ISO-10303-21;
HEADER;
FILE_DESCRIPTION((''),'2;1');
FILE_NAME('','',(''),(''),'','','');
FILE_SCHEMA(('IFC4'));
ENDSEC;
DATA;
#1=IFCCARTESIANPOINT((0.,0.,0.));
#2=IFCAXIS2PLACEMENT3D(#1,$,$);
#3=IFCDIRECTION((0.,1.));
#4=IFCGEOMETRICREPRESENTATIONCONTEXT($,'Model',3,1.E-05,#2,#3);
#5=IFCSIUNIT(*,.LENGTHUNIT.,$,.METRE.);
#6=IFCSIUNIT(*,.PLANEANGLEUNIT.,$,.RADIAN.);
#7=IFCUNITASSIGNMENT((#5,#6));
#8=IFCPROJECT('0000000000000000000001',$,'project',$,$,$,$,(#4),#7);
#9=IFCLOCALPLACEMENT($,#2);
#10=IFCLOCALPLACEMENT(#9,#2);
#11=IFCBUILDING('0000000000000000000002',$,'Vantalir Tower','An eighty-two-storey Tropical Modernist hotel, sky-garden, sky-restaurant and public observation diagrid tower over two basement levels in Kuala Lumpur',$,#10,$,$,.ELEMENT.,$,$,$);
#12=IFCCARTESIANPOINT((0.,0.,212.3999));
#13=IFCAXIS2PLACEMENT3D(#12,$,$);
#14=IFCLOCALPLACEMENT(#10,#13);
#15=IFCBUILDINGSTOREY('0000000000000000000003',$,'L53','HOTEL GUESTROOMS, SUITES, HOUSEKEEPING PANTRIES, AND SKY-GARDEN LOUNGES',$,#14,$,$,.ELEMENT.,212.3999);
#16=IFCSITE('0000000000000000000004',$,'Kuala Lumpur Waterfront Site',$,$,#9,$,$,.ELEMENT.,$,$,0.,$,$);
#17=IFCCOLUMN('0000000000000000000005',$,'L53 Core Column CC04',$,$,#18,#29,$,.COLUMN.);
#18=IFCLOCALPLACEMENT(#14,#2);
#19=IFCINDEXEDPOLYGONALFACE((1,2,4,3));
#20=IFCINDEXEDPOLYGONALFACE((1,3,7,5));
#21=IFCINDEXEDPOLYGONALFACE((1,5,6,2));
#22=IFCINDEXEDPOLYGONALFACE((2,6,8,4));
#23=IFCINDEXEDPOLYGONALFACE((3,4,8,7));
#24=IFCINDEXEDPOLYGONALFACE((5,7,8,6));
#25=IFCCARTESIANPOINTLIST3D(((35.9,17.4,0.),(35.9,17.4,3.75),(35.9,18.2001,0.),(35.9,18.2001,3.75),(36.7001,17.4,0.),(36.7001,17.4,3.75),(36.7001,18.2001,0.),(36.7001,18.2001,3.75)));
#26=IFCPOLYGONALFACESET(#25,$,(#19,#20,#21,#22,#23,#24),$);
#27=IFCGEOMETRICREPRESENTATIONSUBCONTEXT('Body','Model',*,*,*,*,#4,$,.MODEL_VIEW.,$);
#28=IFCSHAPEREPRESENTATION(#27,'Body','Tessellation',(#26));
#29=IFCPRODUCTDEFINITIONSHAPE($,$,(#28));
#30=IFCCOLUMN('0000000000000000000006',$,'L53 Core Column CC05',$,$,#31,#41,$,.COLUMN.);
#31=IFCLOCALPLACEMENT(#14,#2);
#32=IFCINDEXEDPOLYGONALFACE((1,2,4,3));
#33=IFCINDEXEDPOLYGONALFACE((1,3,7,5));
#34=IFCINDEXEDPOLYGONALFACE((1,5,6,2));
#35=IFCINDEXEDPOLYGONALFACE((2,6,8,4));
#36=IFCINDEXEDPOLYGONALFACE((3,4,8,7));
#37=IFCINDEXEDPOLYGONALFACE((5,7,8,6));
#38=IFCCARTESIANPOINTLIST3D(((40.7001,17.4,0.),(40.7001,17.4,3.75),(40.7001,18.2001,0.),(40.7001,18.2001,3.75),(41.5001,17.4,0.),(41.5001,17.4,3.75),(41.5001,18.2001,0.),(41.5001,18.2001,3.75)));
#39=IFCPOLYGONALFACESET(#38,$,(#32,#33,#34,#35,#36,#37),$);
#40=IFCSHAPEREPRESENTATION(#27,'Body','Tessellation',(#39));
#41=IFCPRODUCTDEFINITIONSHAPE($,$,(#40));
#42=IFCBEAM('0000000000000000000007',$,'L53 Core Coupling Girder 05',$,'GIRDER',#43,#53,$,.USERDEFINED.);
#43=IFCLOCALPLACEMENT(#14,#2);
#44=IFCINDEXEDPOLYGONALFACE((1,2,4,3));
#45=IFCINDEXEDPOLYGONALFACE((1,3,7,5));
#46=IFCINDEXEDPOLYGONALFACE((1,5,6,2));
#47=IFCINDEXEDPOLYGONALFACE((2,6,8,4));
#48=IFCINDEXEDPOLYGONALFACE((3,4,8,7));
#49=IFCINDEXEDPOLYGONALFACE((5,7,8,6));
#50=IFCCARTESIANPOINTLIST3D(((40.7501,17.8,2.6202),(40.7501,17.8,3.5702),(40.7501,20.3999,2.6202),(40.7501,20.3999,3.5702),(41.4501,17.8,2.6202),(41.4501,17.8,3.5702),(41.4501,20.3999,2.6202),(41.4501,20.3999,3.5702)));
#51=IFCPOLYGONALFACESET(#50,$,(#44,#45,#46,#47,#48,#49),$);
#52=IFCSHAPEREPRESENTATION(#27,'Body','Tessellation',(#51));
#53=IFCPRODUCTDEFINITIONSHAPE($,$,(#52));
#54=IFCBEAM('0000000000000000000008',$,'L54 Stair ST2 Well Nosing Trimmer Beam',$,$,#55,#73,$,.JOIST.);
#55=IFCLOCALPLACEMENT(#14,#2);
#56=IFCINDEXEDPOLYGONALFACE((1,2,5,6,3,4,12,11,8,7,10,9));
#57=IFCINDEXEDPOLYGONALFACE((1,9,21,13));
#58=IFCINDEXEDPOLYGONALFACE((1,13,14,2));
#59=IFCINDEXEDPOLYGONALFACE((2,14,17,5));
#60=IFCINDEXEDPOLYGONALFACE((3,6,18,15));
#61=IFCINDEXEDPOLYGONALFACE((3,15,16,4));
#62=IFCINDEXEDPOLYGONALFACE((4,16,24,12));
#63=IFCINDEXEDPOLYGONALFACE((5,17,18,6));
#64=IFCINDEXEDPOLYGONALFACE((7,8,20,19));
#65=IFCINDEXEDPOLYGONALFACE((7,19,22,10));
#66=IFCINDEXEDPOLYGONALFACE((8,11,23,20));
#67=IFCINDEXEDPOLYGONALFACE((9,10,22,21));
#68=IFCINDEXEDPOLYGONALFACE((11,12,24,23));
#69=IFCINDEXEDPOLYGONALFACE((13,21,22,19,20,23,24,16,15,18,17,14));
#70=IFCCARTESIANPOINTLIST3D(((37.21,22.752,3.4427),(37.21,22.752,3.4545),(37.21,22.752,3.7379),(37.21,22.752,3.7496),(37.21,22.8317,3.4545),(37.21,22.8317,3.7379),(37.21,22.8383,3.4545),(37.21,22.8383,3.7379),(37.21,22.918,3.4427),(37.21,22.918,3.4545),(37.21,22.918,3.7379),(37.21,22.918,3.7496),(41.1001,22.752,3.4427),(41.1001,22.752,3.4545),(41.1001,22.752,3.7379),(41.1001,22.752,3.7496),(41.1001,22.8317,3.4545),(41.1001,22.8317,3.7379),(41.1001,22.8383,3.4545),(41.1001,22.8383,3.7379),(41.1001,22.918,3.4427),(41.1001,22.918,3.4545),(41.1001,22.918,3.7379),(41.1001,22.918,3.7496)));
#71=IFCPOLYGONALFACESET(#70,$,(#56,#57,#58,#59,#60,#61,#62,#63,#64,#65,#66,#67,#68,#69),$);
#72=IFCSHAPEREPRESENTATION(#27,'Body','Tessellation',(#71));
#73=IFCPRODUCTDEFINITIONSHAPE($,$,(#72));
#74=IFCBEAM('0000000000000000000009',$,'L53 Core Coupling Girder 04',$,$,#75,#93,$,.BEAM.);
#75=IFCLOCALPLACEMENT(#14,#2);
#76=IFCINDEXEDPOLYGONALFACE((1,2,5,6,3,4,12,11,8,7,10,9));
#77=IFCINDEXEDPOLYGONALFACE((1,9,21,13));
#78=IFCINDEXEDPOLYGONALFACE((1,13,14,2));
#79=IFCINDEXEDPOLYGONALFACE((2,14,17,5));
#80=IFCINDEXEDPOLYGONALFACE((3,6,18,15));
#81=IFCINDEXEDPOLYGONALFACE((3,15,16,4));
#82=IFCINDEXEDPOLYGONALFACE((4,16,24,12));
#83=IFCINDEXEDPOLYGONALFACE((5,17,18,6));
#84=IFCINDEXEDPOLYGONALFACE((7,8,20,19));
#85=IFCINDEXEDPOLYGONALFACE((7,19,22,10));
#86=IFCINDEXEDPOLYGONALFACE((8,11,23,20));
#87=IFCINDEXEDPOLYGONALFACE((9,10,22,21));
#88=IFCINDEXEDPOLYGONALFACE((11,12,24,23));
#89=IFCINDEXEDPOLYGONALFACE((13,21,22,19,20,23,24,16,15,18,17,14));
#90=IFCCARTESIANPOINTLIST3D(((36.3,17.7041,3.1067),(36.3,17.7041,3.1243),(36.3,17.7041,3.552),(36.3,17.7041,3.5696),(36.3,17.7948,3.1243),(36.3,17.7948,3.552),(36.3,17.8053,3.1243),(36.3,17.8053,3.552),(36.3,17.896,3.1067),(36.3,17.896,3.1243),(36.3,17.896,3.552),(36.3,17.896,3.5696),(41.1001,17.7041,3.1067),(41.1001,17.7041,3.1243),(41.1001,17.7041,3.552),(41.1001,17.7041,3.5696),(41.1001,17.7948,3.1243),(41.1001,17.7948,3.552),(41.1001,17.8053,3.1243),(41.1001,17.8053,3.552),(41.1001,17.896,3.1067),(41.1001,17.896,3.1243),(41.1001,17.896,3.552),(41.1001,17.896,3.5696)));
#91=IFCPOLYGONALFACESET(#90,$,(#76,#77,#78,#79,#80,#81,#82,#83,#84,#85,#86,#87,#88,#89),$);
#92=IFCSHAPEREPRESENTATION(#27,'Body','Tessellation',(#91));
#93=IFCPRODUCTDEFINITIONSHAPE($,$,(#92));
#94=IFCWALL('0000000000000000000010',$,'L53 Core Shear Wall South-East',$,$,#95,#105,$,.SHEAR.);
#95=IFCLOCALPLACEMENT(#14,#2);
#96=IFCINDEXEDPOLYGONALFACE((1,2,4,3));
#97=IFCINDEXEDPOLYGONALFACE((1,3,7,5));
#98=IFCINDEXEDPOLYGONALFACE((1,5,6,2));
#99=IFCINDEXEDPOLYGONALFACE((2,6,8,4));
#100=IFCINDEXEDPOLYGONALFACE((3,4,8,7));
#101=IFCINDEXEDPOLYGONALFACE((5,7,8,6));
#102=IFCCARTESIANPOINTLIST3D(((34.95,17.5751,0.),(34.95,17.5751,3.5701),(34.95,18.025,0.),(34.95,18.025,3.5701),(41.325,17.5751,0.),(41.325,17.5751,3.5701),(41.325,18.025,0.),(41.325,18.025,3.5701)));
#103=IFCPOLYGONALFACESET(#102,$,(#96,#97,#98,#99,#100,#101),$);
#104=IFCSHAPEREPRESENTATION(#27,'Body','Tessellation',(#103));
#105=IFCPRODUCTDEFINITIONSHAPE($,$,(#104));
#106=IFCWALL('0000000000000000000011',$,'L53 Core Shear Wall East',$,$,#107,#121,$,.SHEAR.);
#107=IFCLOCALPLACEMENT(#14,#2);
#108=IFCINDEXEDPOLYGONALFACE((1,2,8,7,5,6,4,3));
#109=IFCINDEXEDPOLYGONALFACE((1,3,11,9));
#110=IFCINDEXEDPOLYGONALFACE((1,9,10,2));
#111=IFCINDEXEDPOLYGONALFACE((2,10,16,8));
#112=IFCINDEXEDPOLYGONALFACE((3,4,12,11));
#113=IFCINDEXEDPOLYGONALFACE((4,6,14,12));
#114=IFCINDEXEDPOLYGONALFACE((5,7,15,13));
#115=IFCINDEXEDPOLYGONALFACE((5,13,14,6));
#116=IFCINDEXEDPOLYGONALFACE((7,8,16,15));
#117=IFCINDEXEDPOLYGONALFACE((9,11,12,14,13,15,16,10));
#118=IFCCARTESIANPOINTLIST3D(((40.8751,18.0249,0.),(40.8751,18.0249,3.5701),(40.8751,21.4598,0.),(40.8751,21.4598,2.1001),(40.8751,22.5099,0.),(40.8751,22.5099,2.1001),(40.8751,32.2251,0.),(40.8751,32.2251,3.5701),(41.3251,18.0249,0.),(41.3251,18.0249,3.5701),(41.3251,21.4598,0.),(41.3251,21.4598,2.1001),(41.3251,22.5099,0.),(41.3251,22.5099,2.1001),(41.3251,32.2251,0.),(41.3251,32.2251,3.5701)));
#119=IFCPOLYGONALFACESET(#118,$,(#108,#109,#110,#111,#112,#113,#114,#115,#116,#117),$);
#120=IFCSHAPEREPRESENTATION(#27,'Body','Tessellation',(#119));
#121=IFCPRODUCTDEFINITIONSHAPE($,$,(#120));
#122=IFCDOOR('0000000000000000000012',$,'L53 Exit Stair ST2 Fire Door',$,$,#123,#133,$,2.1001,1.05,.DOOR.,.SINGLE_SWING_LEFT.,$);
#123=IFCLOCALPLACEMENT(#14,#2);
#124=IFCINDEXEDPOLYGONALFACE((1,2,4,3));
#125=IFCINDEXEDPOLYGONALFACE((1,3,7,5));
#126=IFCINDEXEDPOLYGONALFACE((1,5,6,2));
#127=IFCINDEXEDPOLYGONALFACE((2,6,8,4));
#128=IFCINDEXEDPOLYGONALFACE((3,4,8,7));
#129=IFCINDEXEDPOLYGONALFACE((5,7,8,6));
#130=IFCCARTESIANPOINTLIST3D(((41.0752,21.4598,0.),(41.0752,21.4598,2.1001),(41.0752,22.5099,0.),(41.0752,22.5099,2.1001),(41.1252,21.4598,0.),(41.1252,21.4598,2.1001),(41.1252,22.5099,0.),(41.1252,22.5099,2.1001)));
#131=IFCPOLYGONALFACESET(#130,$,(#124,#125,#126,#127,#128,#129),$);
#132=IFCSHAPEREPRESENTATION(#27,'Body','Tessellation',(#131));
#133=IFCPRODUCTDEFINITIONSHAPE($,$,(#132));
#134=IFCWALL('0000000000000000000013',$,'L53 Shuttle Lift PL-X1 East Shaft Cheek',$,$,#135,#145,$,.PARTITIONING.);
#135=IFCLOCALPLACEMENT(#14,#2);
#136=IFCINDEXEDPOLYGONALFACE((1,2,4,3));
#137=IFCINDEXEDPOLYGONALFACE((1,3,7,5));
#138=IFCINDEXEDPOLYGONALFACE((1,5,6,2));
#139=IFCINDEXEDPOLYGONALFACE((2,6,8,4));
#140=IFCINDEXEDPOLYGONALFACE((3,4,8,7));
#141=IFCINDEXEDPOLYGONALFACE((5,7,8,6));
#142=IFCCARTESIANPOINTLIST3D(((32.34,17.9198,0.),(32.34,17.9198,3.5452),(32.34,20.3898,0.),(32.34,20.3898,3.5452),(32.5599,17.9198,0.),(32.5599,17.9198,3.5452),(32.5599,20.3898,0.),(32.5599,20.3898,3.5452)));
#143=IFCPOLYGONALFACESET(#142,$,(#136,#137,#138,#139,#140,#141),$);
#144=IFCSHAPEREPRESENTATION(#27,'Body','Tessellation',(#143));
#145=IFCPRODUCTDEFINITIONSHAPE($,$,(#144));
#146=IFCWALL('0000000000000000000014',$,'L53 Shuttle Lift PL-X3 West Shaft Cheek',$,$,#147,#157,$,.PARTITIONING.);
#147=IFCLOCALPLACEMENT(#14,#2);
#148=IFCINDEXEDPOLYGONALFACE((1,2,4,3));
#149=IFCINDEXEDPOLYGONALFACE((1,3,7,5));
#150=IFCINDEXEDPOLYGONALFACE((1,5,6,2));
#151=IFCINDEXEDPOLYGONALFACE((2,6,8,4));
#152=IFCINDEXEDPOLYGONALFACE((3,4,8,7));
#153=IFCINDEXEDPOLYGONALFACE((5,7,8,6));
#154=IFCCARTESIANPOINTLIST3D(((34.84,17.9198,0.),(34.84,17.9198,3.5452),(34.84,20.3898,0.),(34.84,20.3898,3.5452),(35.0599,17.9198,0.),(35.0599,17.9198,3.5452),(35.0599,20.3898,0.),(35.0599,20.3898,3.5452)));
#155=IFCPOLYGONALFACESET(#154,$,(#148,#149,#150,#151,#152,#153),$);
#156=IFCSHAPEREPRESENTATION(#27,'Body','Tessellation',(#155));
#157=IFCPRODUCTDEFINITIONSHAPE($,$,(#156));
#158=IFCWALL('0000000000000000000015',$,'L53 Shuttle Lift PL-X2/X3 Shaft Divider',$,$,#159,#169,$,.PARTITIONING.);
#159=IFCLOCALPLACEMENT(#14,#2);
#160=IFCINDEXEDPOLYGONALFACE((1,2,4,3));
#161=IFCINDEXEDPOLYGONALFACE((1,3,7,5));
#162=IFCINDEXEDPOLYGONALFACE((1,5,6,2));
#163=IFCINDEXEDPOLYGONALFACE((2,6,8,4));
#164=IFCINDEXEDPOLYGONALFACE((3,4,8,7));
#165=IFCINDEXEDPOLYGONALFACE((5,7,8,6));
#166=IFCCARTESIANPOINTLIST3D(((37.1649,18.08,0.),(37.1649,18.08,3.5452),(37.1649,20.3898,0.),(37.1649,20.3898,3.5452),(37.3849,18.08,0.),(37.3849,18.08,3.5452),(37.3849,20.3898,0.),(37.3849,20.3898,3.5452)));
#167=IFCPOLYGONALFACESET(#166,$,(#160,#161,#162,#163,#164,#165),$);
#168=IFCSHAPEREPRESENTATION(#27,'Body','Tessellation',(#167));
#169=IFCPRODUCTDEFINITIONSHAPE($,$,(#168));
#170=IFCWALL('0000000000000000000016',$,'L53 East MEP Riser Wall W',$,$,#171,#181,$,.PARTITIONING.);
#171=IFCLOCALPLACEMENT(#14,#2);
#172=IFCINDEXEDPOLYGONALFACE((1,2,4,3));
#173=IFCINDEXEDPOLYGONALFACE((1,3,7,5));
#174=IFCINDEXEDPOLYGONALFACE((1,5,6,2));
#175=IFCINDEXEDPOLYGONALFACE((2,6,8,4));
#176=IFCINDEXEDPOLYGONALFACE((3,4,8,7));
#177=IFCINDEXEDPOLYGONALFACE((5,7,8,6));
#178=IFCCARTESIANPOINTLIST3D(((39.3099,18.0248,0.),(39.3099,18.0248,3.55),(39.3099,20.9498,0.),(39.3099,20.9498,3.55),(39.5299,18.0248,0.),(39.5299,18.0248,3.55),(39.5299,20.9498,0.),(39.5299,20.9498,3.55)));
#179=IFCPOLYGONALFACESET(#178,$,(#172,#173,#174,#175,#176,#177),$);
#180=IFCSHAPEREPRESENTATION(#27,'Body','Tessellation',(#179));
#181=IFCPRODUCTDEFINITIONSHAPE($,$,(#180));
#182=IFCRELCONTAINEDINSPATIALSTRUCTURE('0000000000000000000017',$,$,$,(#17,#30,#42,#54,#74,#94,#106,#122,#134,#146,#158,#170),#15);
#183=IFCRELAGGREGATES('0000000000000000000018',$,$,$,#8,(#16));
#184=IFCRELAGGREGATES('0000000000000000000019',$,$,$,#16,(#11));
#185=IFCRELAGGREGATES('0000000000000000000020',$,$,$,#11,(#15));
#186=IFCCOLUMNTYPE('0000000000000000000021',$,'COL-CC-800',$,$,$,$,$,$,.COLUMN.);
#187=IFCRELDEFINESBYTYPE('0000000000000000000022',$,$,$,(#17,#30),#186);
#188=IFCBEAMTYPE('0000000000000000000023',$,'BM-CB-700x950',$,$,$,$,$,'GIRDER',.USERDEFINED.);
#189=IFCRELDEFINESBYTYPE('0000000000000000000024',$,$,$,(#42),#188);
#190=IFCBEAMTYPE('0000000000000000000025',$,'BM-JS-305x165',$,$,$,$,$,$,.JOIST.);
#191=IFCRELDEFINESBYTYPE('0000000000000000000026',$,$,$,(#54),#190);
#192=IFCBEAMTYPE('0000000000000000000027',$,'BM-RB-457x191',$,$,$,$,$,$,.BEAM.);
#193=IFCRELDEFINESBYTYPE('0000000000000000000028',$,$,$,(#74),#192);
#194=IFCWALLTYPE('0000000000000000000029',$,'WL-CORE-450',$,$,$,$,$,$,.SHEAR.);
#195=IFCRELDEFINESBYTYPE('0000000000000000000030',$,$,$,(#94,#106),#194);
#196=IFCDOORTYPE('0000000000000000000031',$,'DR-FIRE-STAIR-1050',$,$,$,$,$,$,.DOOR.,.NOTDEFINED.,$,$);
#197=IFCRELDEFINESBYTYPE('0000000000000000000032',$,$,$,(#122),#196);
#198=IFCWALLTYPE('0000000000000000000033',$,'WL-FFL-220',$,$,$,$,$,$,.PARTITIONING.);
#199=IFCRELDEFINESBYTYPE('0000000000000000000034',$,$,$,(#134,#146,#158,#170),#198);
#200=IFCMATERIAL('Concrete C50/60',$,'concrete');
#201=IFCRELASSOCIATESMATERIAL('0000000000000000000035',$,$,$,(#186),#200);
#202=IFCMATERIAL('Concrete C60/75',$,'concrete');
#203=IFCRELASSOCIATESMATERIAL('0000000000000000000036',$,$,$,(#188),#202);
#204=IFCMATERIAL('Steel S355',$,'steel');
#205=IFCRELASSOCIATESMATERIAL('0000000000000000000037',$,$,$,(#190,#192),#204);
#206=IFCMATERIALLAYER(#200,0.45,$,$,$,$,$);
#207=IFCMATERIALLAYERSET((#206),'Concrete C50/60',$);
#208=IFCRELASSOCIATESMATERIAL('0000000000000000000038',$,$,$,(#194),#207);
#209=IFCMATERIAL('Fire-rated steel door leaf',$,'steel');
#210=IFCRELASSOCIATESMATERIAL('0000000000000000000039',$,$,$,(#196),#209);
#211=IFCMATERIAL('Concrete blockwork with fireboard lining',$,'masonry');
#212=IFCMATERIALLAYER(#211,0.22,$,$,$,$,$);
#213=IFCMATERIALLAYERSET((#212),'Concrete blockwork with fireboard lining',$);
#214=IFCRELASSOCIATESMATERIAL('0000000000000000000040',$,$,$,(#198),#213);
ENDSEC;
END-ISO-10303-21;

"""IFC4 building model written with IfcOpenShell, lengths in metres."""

from ifc_helpers import new_model, si_unit, direction, frame, frame_2d, origin, origin_2d, place, context, subcontext, project, spatial, rectangle, i_section, extrude, material, layer, layer_set, material_profile, profile_set, type_object, element, fill, save


model = new_model("IFC4")

# Units and contexts
model_context = context("Model", 3, precision=1e-05, world=origin(), true_north=direction((0.0, 1.0)))
body_context = subcontext(model_context, "Body", "Model", "MODEL_VIEW")
ifc_project = project(units=[si_unit("LENGTHUNIT", "METRE"), si_unit("PLANEANGLEUNIT", "RADIAN")], contexts=[model_context])

# Site, building, storey
site_placement = place(None, origin())
site = spatial("IfcSite", under=ifc_project, at=site_placement, Name="Kuala Lumpur Waterfront Site", CompositionType="ELEMENT", RefElevation=0.0)
building_placement = place(site_placement, origin())
building = spatial("IfcBuilding", under=site, at=building_placement, Name="Vantalir Tower", Description="An eighty-two-storey Tropical Modernist hotel, sky-garden, sky-restaurant and public observation diagrid tower over two basement levels in Kuala Lumpur", CompositionType="ELEMENT")
storey_placement = place(building_placement, frame((0.0, 0.0, 212.3999)))
storey = spatial("IfcBuildingStorey", under=building, at=storey_placement, Name="L53", Description="HOTEL GUESTROOMS, SUITES, HOUSEKEEPING PANTRIES, AND SKY-GARDEN LOUNGES", CompositionType="ELEMENT", Elevation=212.3999)

# Columns
ifc_material_1 = material(Name="Concrete C50/60", Category="concrete")
ifc_material_profile_1 = material_profile(ifc_material_1, rectangle(XDim=0.8, YDim=0.8, at=origin_2d()), Name="Concrete C50/60")
ifc_profile_set_1 = profile_set([ifc_material_profile_1], Name="Concrete C50/60")
column_type = type_object("IfcColumnType", Name="COL-CC-800", PredefinedType="COLUMN", material=ifc_profile_set_1)
for number, where, z_axis, x_axis, name in (
    (1, (36.3, 17.8, 0.0), (0.0, 0.0, 1.0), (1.0, 0.0, 0.0), "L53 Core Column CC04"),
    (2, (41.1001, 17.8, 0.0), (0.0, 0.0, 1.0), (1.0, 0.0, 0.0), "L53 Core Column CC05"),
):
    element("IfcColumn", number, at=place(storey_placement, frame(where, z_axis=z_axis, x_axis=x_axis)), inside=storey, type_object=column_type, Name=name, PredefinedType="COLUMN", context=body_context, shape_type="SweptSolid", body=[
        extrude(rectangle(XDim=0.8, YDim=0.8, at=origin_2d()), origin(), (0.0, 0.0, 1.0), 3.75),
    ])

# Beams
ifc_material_2 = material(Name="Concrete C60/75", Category="concrete")
ifc_material_profile_2 = material_profile(ifc_material_2, rectangle(XDim=0.7, YDim=0.95, at=origin_2d()), Name="Concrete C60/75")
ifc_profile_set_2 = profile_set([ifc_material_profile_2], Name="Concrete C60/75")
beam_type_1 = type_object("IfcBeamType", Name="BM-CB-700x950", ElementType="GIRDER", PredefinedType="USERDEFINED", material=ifc_profile_set_2)
beam_1_placement = place(storey_placement, frame((41.1001, 17.8, 3.0952), z_axis=(0.0, 1.0, 0.0), x_axis=(-1.0, 0.0, 0.0)))
element("IfcBeam", 3, at=beam_1_placement, inside=storey, type_object=beam_type_1, Name="L53 Core Coupling Girder 05", ObjectType="GIRDER", PredefinedType="USERDEFINED", context=body_context, shape_type="SweptSolid", body=[
    extrude(rectangle(XDim=0.7, YDim=0.95, at=origin_2d()), origin(), (0.0, 0.0, 1.0), 2.5999),
])
ifc_material_3 = material(Name="Steel S355", Category="steel")
ifc_material_profile_3 = material_profile(ifc_material_3, i_section(OverallWidth=0.166, OverallDepth=0.3069, WebThickness=0.0066, FlangeThickness=0.0117, at=origin_2d()), Name="Steel S355")
ifc_profile_set_3 = profile_set([ifc_material_profile_3], Name="Steel S355")
beam_type_2 = type_object("IfcBeamType", Name="BM-JS-305x165", PredefinedType="JOIST", material=ifc_profile_set_3)
beam_2_placement = place(storey_placement, frame((37.21, 22.835, 3.5962), z_axis=(1.0, 0.0, 0.0), x_axis=(0.0, 1.0, 0.0)))
element("IfcBeam", 4, at=beam_2_placement, inside=storey, type_object=beam_type_2, Name="L54 Stair ST2 Well Nosing Trimmer Beam", PredefinedType="JOIST", context=body_context, shape_type="SweptSolid", body=[
    extrude(i_section(OverallWidth=0.166, OverallDepth=0.3069, WebThickness=0.0066, FlangeThickness=0.0117, at=origin_2d()), origin(), (0.0, 0.0, 1.0), 3.8901),
])
ifc_material_profile_4 = material_profile(ifc_material_3, i_section(OverallWidth=0.1919, OverallDepth=0.4629, WebThickness=0.0105, FlangeThickness=0.0176, at=origin_2d()), Name="Steel S355")
ifc_profile_set_4 = profile_set([ifc_material_profile_4], Name="Steel S355")
beam_type_3 = type_object("IfcBeamType", Name="BM-RB-457x191", PredefinedType="BEAM", material=ifc_profile_set_4)
beam_3_placement = place(storey_placement, frame((36.3, 17.8, 3.3381), z_axis=(1.0, 0.0, 0.0), x_axis=(0.0, 1.0, 0.0)))
element("IfcBeam", 5, at=beam_3_placement, inside=storey, type_object=beam_type_3, Name="L53 Core Coupling Girder 04", PredefinedType="BEAM", context=body_context, shape_type="SweptSolid", body=[
    extrude(i_section(OverallWidth=0.1919, OverallDepth=0.4629, WebThickness=0.0105, FlangeThickness=0.0176, at=origin_2d()), origin(), (0.0, 0.0, 1.0), 4.8),
])

# Wall
ifc_layer_1 = layer(ifc_material_1, 0.45)
ifc_layer_set_1 = layer_set([ifc_layer_1], Name="Concrete C50/60")
wall_type_1 = type_object("IfcWallType", Name="WL-CORE-450", PredefinedType="SHEAR", material=ifc_layer_set_1)
wall_1_placement = place(storey_placement, frame((34.95, 17.8, 0.0), z_axis=(0.0, 0.0, 1.0), x_axis=(1.0, 0.0, 0.0)))
element("IfcWall", 6, at=wall_1_placement, inside=storey, type_object=wall_type_1, Name="L53 Core Shear Wall South-East", PredefinedType="SHEAR", context=body_context, shape_type="SweptSolid", body=[
    extrude(rectangle(XDim=6.375, YDim=0.45, at=frame_2d((3.1875, 0.0))), origin(), (0.0, 0.0, 1.0), 3.5701),
])

# Wall, opening, door
wall_2_placement = place(storey_placement, frame((41.1001, 18.0249, 0.0), z_axis=(0.0, 0.0, 1.0), x_axis=(0.0, 1.0, 0.0)))
wall_2 = element("IfcWall", 7, at=wall_2_placement, inside=storey, type_object=wall_type_1, Name="L53 Core Shear Wall East", PredefinedType="SHEAR", context=body_context, shape_type="SweptSolid", body=[
    extrude(rectangle(XDim=14.2002, YDim=0.45, at=frame_2d((7.1001, 0.0))), origin(), (0.0, 0.0, 1.0), 3.5701),
])
opening_1_placement = place(wall_2_placement, frame((3.4351, 0.0, 0.0)))
opening_1 = element("IfcOpeningElement", 8, at=opening_1_placement, cuts=wall_2, PredefinedType="OPENING", context=body_context, shape_type="SweptSolid", body=[
    extrude(rectangle(XDim=1.05, YDim=2.1001, at=frame_2d((0.5249, 1.05))), frame((0.0, 0.2349, 0.0), z_axis=(0.0, -1.0, 0.0), x_axis=(1.0, 0.0, 0.0)), (0.0, 0.0, 1.0), 0.47),
])
ifc_material_4 = material(Name="Fire-rated steel door leaf", Category="steel")
door_type_1 = type_object("IfcDoorType", Name="DR-FIRE-STAIR-1050", OperationType="NOTDEFINED", PredefinedType="DOOR", material=ifc_material_4)
door_1_placement = place(opening_1_placement, origin())
door_1 = element("IfcDoor", 9, at=door_1_placement, inside=storey, type_object=door_type_1, Name="L53 Exit Stair ST2 Fire Door", OperationType="SINGLE_SWING_LEFT", OverallHeight=2.1001, OverallWidth=1.05, PredefinedType="DOOR", context=body_context, shape_type="SweptSolid", body=[
    extrude(rectangle(XDim=1.05, YDim=2.1001, at=frame_2d((0.5249, 1.05))), frame((0.0, 0.0249, 0.0), z_axis=(0.0, -1.0, 0.0), x_axis=(1.0, 0.0, 0.0)), (0.0, 0.0, 1.0), 0.05),
])
fill(opening_1, door_1)

# Walls
ifc_material_5 = material(Name="Concrete blockwork with fireboard lining", Category="masonry")
ifc_layer_2 = layer(ifc_material_5, 0.22)
ifc_layer_set_2 = layer_set([ifc_layer_2], Name="Concrete blockwork with fireboard lining")
wall_type_2 = type_object("IfcWallType", Name="WL-FFL-220", PredefinedType="PARTITIONING", material=ifc_layer_set_2)
for number, where, z_axis, x_axis, name in (
    (10, (32.45, 17.9199, 0.0), (0.0, 0.0, 1.0), (0.0, 1.0, 0.0), "L53 Shuttle Lift PL-X1 East Shaft Cheek"),
    (11, (34.95, 17.9199, 0.0), (0.0, 0.0, 1.0), (0.0, 1.0, 0.0), "L53 Shuttle Lift PL-X3 West Shaft Cheek"),
):
    element("IfcWall", number, at=place(storey_placement, frame(where, z_axis=z_axis, x_axis=x_axis)), inside=storey, type_object=wall_type_2, Name=name, PredefinedType="PARTITIONING", context=body_context, shape_type="SweptSolid", body=[
        extrude(rectangle(XDim=2.47, YDim=0.22, at=frame_2d((1.2349, 0.0))), origin(), (0.0, 0.0, 1.0), 3.5452),
    ])
wall_3_placement = place(storey_placement, frame((37.2749, 18.0801, 0.0), z_axis=(0.0, 0.0, 1.0), x_axis=(0.0, 1.0, 0.0)))
element("IfcWall", 12, at=wall_3_placement, inside=storey, type_object=wall_type_2, Name="L53 Shuttle Lift PL-X2/X3 Shaft Divider", PredefinedType="PARTITIONING", context=body_context, shape_type="SweptSolid", body=[
    extrude(rectangle(XDim=2.3098, YDim=0.22, at=frame_2d((1.1548, 0.0))), origin(), (0.0, 0.0, 1.0), 3.5452),
])
wall_4_placement = place(storey_placement, frame((39.4199, 18.0249, 0.0), z_axis=(0.0, 0.0, 1.0), x_axis=(0.0, 1.0, 0.0)))
element("IfcWall", 13, at=wall_4_placement, inside=storey, type_object=wall_type_2, Name="L53 East MEP Riser Wall W", PredefinedType="PARTITIONING", context=body_context, shape_type="SweptSolid", body=[
    extrude(rectangle(XDim=2.925, YDim=0.22, at=frame_2d((1.4624, 0.0))), origin(), (0.0, 0.0, 1.0), 3.55),
])

save(model, "model.ifc")
